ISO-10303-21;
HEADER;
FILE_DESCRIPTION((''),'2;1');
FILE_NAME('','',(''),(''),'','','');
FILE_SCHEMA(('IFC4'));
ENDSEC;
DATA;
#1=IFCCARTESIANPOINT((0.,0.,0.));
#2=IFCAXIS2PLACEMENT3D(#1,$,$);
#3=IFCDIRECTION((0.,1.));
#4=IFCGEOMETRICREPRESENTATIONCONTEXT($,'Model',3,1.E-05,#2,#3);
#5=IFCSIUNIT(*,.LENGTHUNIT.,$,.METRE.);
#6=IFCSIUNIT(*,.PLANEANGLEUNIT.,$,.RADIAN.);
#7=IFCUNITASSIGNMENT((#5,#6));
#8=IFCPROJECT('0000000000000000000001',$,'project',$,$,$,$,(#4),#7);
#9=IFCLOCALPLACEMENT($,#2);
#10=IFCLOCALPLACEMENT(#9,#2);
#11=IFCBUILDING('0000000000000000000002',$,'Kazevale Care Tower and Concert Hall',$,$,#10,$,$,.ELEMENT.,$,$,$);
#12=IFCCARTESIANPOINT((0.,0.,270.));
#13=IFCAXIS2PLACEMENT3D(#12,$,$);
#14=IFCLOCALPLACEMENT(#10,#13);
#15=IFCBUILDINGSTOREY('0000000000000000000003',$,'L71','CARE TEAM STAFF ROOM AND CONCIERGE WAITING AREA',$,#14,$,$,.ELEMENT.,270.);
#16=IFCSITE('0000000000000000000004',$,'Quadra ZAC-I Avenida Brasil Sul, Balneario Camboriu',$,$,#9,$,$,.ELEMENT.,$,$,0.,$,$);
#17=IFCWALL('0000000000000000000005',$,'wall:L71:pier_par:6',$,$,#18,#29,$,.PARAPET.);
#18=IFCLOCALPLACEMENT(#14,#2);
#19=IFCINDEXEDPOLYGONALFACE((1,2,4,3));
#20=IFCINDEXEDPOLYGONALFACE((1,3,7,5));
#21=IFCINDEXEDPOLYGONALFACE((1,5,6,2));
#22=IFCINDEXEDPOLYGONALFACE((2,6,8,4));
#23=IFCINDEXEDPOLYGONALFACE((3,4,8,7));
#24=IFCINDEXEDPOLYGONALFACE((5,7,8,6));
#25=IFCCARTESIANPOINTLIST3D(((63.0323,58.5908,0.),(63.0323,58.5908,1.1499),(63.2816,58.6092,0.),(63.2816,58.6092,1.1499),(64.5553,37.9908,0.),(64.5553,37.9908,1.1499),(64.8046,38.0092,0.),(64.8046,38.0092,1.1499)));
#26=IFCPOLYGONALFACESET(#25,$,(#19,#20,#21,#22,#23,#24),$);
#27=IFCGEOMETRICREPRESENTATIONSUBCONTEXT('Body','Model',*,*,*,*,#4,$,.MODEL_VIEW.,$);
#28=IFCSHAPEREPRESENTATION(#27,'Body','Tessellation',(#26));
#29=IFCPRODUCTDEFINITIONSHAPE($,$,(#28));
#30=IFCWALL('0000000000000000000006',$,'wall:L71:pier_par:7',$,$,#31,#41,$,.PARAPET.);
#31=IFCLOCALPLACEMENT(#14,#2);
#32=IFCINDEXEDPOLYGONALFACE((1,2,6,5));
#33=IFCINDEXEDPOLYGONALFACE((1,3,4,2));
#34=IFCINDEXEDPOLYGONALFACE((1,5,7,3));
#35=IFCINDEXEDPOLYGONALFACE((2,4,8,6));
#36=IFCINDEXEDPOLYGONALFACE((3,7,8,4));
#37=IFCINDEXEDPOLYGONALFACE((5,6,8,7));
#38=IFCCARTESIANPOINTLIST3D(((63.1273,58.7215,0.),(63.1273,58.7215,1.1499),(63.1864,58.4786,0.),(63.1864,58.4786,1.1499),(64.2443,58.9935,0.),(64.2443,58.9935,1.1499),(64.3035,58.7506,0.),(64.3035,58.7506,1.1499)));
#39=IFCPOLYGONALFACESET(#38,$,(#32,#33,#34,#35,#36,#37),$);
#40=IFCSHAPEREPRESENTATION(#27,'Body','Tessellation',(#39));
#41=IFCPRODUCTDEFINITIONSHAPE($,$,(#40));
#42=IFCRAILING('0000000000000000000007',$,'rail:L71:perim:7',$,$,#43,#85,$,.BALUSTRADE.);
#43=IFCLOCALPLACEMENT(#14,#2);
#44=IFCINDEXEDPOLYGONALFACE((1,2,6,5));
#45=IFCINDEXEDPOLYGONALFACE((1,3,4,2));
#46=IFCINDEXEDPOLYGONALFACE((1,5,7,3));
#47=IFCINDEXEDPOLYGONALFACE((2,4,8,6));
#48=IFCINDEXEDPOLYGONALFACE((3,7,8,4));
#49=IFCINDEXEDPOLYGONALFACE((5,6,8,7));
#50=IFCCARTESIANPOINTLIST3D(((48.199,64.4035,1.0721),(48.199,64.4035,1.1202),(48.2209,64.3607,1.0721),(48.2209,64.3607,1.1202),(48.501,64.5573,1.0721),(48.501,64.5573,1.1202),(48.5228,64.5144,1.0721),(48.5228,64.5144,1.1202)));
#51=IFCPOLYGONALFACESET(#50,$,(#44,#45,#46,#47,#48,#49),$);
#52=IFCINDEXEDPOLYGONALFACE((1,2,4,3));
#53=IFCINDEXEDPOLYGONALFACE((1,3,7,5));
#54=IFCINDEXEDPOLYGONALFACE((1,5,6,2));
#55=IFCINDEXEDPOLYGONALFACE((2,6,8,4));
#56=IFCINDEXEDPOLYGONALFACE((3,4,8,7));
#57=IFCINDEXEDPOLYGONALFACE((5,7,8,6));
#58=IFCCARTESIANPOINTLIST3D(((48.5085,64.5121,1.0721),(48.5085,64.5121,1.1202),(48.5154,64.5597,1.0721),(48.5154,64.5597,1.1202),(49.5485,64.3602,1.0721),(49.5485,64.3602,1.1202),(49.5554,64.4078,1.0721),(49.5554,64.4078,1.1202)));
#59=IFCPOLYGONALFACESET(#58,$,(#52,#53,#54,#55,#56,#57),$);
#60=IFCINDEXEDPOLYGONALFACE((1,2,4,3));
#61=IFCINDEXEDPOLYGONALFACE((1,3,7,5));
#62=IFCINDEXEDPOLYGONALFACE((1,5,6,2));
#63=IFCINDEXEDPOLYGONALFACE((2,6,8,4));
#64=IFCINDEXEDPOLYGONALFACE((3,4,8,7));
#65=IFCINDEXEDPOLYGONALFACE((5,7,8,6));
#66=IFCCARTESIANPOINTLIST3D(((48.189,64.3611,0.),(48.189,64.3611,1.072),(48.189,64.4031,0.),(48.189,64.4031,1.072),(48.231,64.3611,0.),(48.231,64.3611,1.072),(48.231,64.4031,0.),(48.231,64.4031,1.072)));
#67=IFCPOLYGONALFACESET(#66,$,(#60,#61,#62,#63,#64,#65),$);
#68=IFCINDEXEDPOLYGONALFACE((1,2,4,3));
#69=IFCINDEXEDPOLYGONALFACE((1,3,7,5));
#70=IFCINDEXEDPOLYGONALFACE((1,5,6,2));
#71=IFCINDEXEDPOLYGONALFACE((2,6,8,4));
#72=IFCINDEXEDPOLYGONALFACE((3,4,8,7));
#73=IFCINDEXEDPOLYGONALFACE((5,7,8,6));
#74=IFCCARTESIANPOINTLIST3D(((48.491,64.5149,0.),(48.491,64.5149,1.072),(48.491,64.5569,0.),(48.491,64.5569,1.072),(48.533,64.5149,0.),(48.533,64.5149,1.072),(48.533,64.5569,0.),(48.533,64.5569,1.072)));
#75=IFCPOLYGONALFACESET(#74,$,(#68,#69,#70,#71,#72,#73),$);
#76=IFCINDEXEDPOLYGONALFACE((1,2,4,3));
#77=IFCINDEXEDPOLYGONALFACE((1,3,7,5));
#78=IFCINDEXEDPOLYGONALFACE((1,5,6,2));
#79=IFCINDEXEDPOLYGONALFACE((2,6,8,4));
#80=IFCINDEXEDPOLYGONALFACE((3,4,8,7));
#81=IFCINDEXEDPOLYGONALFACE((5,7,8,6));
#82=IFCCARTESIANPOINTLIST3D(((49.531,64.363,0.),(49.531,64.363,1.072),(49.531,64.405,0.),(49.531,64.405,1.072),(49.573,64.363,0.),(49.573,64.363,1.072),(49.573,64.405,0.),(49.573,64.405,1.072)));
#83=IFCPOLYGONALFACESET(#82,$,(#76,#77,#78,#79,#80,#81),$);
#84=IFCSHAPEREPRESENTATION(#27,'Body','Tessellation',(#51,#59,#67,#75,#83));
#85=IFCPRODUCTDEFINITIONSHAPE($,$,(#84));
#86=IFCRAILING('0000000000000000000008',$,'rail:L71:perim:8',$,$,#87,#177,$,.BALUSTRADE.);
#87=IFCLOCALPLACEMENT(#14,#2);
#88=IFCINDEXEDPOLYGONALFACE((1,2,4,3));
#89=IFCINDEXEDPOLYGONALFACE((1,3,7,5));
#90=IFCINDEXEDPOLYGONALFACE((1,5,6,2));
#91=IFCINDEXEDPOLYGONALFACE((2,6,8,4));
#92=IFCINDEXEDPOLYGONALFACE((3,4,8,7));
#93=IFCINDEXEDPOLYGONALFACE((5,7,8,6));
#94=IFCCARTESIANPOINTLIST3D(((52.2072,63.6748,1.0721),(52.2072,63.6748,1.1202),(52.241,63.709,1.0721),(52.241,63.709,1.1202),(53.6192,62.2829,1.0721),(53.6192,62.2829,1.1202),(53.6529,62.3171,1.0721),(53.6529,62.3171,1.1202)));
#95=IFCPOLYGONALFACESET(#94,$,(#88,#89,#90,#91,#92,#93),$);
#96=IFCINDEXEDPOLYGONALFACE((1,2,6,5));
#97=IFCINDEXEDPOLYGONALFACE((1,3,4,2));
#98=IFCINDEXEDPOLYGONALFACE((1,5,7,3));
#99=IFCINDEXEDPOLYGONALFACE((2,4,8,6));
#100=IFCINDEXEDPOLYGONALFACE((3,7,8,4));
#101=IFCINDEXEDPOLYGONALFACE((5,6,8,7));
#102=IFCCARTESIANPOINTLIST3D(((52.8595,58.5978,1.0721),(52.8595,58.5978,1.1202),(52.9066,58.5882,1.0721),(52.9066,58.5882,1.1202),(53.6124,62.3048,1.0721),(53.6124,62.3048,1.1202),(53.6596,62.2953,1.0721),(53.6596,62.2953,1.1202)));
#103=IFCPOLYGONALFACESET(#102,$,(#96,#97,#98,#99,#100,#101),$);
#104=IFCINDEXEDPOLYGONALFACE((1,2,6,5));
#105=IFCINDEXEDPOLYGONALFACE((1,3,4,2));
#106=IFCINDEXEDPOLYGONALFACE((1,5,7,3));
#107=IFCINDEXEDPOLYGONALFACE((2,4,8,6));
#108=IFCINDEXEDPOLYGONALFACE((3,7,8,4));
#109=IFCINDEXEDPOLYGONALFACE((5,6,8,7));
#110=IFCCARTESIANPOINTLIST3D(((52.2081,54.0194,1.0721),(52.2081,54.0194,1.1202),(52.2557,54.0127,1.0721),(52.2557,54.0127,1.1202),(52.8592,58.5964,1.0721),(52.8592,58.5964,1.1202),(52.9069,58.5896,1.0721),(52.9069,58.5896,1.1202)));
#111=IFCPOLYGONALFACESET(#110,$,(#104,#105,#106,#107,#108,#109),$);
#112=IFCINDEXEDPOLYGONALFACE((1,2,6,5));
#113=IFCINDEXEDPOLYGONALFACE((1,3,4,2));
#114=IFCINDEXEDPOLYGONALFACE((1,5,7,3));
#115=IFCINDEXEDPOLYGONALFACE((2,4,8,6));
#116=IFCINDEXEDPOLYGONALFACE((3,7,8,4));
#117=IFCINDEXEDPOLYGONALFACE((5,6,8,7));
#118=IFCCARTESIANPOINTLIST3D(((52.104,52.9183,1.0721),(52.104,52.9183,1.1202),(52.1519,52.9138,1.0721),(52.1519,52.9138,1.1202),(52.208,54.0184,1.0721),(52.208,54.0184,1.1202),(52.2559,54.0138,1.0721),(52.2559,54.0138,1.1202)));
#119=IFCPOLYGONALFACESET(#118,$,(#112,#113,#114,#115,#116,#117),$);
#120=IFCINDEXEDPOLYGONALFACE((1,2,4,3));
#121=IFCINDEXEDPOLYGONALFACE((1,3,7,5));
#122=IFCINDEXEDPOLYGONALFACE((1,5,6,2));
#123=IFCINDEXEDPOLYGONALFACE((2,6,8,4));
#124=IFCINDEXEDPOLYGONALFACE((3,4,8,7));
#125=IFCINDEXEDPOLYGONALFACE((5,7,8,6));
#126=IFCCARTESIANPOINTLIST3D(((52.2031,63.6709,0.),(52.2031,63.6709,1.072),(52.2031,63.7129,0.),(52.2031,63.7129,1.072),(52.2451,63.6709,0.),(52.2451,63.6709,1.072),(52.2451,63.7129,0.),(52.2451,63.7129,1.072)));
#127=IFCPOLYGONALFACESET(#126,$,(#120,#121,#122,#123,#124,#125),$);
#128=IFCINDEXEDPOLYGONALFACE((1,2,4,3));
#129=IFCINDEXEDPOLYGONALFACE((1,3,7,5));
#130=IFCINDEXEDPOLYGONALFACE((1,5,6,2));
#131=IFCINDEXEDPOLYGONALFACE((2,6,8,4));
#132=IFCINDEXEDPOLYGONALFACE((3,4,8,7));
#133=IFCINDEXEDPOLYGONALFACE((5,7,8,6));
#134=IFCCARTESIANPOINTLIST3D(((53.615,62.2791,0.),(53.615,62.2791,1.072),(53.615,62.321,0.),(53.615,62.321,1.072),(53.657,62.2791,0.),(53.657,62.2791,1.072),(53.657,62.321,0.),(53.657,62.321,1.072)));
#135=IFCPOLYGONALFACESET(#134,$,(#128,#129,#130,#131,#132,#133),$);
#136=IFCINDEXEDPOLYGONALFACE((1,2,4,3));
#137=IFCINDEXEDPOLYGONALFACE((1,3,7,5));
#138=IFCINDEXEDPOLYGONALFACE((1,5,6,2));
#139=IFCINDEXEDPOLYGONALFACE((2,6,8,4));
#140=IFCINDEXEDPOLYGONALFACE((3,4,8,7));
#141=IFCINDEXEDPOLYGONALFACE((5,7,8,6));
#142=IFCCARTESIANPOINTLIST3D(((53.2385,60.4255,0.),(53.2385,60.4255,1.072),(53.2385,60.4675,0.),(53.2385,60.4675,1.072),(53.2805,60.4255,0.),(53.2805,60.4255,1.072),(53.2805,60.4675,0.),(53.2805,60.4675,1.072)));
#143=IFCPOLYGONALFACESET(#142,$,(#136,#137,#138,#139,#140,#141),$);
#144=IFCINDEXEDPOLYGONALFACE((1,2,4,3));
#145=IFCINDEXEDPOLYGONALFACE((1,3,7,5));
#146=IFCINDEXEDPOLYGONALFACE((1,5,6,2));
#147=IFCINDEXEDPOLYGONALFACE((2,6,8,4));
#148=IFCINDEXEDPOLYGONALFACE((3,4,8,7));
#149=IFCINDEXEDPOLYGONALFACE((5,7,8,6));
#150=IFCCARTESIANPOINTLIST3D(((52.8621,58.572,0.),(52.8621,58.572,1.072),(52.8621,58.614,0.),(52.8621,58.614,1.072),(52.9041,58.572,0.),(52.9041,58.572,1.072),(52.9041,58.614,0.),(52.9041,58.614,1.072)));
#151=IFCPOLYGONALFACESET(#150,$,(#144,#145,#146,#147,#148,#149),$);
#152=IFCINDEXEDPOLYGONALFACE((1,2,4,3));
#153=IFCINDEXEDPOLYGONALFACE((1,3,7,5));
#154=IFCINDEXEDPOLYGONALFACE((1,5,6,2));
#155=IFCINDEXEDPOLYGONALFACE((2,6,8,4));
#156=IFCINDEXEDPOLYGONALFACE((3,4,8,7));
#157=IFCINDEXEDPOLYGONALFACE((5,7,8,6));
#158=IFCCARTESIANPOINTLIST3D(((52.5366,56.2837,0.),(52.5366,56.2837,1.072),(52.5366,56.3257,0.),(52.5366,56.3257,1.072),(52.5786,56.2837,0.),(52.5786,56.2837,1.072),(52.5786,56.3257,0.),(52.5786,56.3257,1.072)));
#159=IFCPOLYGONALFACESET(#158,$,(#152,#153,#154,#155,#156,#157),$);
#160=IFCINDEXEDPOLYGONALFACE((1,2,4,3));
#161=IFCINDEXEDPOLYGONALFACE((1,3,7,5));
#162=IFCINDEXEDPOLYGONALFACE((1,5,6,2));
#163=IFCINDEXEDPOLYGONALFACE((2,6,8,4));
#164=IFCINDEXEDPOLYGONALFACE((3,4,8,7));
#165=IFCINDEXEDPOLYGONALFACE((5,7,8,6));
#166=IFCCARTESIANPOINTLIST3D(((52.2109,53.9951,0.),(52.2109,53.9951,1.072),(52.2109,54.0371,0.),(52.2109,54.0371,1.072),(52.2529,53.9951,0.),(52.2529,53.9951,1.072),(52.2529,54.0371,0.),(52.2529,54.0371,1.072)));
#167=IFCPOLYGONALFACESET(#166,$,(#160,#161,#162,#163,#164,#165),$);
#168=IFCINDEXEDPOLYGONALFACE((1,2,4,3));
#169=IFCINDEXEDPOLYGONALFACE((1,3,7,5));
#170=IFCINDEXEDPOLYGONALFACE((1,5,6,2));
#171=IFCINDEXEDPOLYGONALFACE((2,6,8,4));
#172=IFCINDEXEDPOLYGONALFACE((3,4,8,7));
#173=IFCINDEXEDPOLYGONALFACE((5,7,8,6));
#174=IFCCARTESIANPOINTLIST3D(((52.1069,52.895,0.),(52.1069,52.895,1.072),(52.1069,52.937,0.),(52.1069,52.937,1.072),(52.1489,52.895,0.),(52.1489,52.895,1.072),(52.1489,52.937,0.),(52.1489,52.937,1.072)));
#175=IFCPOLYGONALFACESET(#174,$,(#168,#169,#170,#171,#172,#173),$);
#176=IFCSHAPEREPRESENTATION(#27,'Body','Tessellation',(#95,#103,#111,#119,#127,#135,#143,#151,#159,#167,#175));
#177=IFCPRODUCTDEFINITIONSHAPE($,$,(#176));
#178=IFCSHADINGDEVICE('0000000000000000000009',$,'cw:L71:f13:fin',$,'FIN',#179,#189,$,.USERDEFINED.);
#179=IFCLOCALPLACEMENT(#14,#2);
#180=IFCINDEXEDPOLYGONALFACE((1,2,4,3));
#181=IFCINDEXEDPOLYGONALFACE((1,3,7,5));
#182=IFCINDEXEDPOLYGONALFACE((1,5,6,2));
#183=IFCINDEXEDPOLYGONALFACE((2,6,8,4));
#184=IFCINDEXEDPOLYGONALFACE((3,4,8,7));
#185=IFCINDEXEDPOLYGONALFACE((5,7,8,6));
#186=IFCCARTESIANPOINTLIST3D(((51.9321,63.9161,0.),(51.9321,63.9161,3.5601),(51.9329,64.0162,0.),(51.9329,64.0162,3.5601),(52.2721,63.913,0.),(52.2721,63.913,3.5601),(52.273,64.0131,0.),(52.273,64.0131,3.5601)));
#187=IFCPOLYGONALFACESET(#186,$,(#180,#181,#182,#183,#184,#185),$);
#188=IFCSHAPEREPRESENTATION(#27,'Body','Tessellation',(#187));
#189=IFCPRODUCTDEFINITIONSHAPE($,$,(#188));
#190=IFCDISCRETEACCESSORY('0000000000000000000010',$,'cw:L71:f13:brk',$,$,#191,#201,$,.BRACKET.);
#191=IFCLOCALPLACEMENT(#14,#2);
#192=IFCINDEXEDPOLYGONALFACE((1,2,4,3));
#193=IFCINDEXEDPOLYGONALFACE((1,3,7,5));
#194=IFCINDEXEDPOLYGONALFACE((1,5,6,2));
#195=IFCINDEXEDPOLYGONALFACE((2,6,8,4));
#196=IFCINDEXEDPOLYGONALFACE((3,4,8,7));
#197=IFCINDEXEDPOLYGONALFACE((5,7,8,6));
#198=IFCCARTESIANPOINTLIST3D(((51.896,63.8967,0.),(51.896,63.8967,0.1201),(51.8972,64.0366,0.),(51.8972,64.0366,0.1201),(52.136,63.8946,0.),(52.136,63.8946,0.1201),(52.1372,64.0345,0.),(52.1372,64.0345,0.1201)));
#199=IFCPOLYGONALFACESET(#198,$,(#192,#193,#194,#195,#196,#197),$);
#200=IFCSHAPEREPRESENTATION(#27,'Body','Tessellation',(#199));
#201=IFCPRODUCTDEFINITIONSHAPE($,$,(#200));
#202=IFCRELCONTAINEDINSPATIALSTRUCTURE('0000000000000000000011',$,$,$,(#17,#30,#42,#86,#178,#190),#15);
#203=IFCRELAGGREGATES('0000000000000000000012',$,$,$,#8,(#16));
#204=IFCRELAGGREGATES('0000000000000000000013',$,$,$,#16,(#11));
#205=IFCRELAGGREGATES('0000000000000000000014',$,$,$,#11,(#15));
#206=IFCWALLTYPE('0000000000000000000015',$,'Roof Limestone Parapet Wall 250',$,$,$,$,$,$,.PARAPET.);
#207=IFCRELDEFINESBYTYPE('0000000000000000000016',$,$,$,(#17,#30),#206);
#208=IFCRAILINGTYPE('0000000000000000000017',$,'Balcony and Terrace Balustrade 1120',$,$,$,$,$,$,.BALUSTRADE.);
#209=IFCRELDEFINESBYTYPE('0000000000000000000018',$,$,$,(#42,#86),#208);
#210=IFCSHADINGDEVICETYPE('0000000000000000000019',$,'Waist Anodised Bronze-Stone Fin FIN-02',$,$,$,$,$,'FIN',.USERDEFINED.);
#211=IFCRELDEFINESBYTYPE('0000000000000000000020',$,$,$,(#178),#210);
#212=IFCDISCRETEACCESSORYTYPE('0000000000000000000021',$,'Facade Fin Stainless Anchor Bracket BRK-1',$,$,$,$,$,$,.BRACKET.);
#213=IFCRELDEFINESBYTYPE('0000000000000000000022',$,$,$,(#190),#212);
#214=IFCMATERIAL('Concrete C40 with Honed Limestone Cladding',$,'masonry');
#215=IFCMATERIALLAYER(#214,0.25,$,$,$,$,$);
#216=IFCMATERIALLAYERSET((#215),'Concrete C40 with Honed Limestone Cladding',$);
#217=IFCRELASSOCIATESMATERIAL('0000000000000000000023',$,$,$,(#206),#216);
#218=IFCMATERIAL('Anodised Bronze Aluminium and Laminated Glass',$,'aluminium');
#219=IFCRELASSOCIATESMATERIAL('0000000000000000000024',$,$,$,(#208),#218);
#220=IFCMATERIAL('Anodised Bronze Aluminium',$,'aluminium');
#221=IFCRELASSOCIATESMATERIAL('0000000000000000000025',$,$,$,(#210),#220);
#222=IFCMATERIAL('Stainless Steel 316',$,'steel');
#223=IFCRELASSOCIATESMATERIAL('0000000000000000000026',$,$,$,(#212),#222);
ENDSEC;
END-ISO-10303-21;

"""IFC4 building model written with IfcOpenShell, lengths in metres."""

from ifc_helpers import new_model, si_unit, direction, frame, frame_2d, origin, origin_2d, place, context, subcontext, project, spatial, rectangle, extrude, material, layer, layer_set, type_object, element, save


model = new_model("IFC4")

# Units and contexts
model_context = context("Model", 3, precision=1e-05, world=origin(), true_north=direction((0.0, 1.0)))
body_context = subcontext(model_context, "Body", "Model", "MODEL_VIEW")
ifc_project = project(units=[si_unit("LENGTHUNIT", "METRE"), si_unit("PLANEANGLEUNIT", "RADIAN")], contexts=[model_context])

# Site, building, storey
site_placement = place(None, origin())
site = spatial("IfcSite", under=ifc_project, at=site_placement, Name="Quadra ZAC-I Avenida Brasil Sul, Balneario Camboriu", CompositionType="ELEMENT", RefElevation=0.0)
building_placement = place(site_placement, origin())
building = spatial("IfcBuilding", under=site, at=building_placement, Name="Kazevale Care Tower and Concert Hall", CompositionType="ELEMENT")
storey_placement = place(building_placement, frame((0.0, 0.0, 270.0)))
storey = spatial("IfcBuildingStorey", under=building, at=storey_placement, Name="L71", Description="CARE TEAM STAFF ROOM AND CONCIERGE WAITING AREA", CompositionType="ELEMENT", Elevation=270.0)

# Walls
ifc_material_1 = material(Name="Concrete C40 with Honed Limestone Cladding", Category="masonry")
ifc_layer_1 = layer(ifc_material_1, 0.25)
ifc_layer_set_1 = layer_set([ifc_layer_1], Name="Concrete C40 with Honed Limestone Cladding")
wall_type_1 = type_object("IfcWallType", Name="Roof Limestone Parapet Wall 250", PredefinedType="PARAPET", material=ifc_layer_set_1)
wall_1_placement = place(storey_placement, frame((64.6799, 38.0, 0.0), z_axis=(0.0, 0.0, 1.0), x_axis=(-0.073728, 0.997278, 0.0)))
element("IfcWall", 1, at=wall_1_placement, inside=storey, type_object=wall_type_1, Name="wall:L71:pier_par:6", PredefinedType="PARAPET", context=body_context, shape_type="SweptSolid", body=[
    extrude(rectangle(XDim=20.6562, YDim=0.25, at=frame_2d((10.3281, 0.0))), origin(), (0.0, 0.0, 1.0), 1.1499),
])
wall_2_placement = place(storey_placement, frame((63.157, 58.6001, 0.0), z_axis=(0.0, 0.0, 1.0), x_axis=(0.971611, 0.236585, 0.0)))
element("IfcWall", 2, at=wall_2_placement, inside=storey, type_object=wall_type_1, Name="wall:L71:pier_par:7", PredefinedType="PARAPET", context=body_context, shape_type="SweptSolid", body=[
    extrude(rectangle(XDim=1.1497, YDim=0.25, at=frame_2d((0.5747, 0.0))), origin(), (0.0, 0.0, 1.0), 1.1499),
])

# Railings
ifc_material_2 = material(Name="Anodised Bronze Aluminium and Laminated Glass", Category="aluminium")
railing_type = type_object("IfcRailingType", Name="Balcony and Terrace Balustrade 1120", PredefinedType="BALUSTRADE", material=ifc_material_2)
railing_1_placement = place(storey_placement, frame((48.21, 64.3821, 0.0)))
element("IfcRailing", 3, at=railing_1_placement, inside=storey, type_object=railing_type, Name="rail:L71:perim:7", PredefinedType="BALUSTRADE", context=body_context, shape_type="SweptSolid", body=[
    extrude(rectangle(XDim=0.0481, YDim=0.0481, at=origin_2d()), frame((0.0, 0.0, 1.0962), z_axis=(0.891089, 0.453829, 0.0), x_axis=(-0.453829, 0.891089, 0.0)), (0.0, 0.0, 1.0), 0.3389),
    extrude(rectangle(XDim=0.0481, YDim=0.0481, at=origin_2d()), frame((0.302, 0.1538, 1.0962), z_axis=(0.989508, -0.144477, 0.0), x_axis=(0.144477, 0.989508, 0.0)), (0.0, 0.0, 1.0), 1.051),
    extrude(rectangle(XDim=0.042, YDim=0.042, at=origin_2d()), origin(), (0.0, 0.0, 1.0), 1.072),
    extrude(rectangle(XDim=0.042, YDim=0.042, at=origin_2d()), frame((0.302, 0.1538, 0.0)), (0.0, 0.0, 1.0), 1.072),
    extrude(rectangle(XDim=0.042, YDim=0.042, at=origin_2d()), frame((1.342, 0.002, 0.0)), (0.0, 0.0, 1.0), 1.072),
])
railing_2_placement = place(storey_placement, frame((52.2241, 63.6919, 0.0)))
element("IfcRailing", 4, at=railing_2_placement, inside=storey, type_object=railing_type, Name="rail:L71:perim:8", PredefinedType="BALUSTRADE", context=body_context, shape_type="SweptSolid", body=[
    extrude(rectangle(XDim=0.0481, YDim=0.0481, at=origin_2d()), frame((0.0, 0.0, 1.0962), z_axis=(0.712138, -0.70204, 0.0), x_axis=(0.70204, 0.712138, 0.0)), (0.0, 0.0, 1.0), 1.9827),
    extrude(rectangle(XDim=0.0481, YDim=0.0481, at=origin_2d()), frame((1.4119, -1.3918, 1.0962), z_axis=(-0.199044, -0.97999, 0.0), x_axis=(0.97999, -0.199044, 0.0)), (0.0, 0.0, 1.0), 3.7827),
    extrude(rectangle(XDim=0.0481, YDim=0.0481, at=origin_2d()), frame((0.6589, -5.0989, 1.0962), z_axis=(-0.140845, -0.990032, 0.0), x_axis=(0.990032, -0.140845, 0.0)), (0.0, 0.0, 1.0), 4.623),
    extrude(rectangle(XDim=0.0481, YDim=0.0481, at=origin_2d()), frame((0.0078, -9.6758, 1.0962), z_axis=(-0.094121, -0.995561, 0.0), x_axis=(0.995561, -0.094121, 0.0)), (0.0, 0.0, 1.0), 1.105),
    extrude(rectangle(XDim=0.042, YDim=0.042, at=origin_2d()), origin(), (0.0, 0.0, 1.0), 1.072),
    extrude(rectangle(XDim=0.042, YDim=0.042, at=origin_2d()), frame((1.4119, -1.3918, 0.0)), (0.0, 0.0, 1.0), 1.072),
    extrude(rectangle(XDim=0.042, YDim=0.042, at=origin_2d()), frame((1.0354, -3.2454, 0.0)), (0.0, 0.0, 1.0), 1.072),
    extrude(rectangle(XDim=0.042, YDim=0.042, at=origin_2d()), frame((0.6589, -5.0989, 0.0)), (0.0, 0.0, 1.0), 1.072),
    extrude(rectangle(XDim=0.042, YDim=0.042, at=origin_2d()), frame((0.3335, -7.3872, 0.0)), (0.0, 0.0, 1.0), 1.072),
    extrude(rectangle(XDim=0.042, YDim=0.042, at=origin_2d()), frame((0.0078, -9.6758, 0.0)), (0.0, 0.0, 1.0), 1.072),
    extrude(rectangle(XDim=0.042, YDim=0.042, at=origin_2d()), frame((-0.0962, -10.7759, 0.0)), (0.0, 0.0, 1.0), 1.072),
])

# Shading device
ifc_material_3 = material(Name="Anodised Bronze Aluminium", Category="aluminium")
shading_device_type = type_object("IfcShadingDeviceType", Name="Waist Anodised Bronze-Stone Fin FIN-02", ElementType="FIN", PredefinedType="USERDEFINED", material=ifc_material_3)
shading_device_placement = place(storey_placement, frame((52.1025, 63.9646, 0.0), z_axis=(0.0, 0.0, 1.0), x_axis=(0.99996, -0.008901, 0.0)))
element("IfcShadingDevice", 5, at=shading_device_placement, inside=storey, type_object=shading_device_type, Name="cw:L71:f13:fin", ObjectType="FIN", PredefinedType="USERDEFINED", context=body_context, shape_type="SweptSolid", body=[
    extrude(rectangle(XDim=0.3401, YDim=0.1001, at=origin_2d()), origin(), (0.0, 0.0, 1.0), 3.5601),
])

# Discrete accessory
ifc_material_4 = material(Name="Stainless Steel 316", Category="steel")
discrete_accessory_type = type_object("IfcDiscreteAccessoryType", Name="Facade Fin Stainless Anchor Bracket BRK-1", PredefinedType="BRACKET", material=ifc_material_4)
discrete_accessory_placement = place(storey_placement, frame((52.0166, 63.9656, 0.0), z_axis=(0.0, 0.0, 1.0), x_axis=(0.99996, -0.008901, 0.0)))
element("IfcDiscreteAccessory", 6, at=discrete_accessory_placement, inside=storey, type_object=discrete_accessory_type, Name="cw:L71:f13:brk", PredefinedType="BRACKET", context=body_context, shape_type="SweptSolid", body=[
    extrude(rectangle(XDim=0.24, YDim=0.1399, at=origin_2d()), origin(), (0.0, 0.0, 1.0), 0.1201),
])

save(model, "model.ifc")
